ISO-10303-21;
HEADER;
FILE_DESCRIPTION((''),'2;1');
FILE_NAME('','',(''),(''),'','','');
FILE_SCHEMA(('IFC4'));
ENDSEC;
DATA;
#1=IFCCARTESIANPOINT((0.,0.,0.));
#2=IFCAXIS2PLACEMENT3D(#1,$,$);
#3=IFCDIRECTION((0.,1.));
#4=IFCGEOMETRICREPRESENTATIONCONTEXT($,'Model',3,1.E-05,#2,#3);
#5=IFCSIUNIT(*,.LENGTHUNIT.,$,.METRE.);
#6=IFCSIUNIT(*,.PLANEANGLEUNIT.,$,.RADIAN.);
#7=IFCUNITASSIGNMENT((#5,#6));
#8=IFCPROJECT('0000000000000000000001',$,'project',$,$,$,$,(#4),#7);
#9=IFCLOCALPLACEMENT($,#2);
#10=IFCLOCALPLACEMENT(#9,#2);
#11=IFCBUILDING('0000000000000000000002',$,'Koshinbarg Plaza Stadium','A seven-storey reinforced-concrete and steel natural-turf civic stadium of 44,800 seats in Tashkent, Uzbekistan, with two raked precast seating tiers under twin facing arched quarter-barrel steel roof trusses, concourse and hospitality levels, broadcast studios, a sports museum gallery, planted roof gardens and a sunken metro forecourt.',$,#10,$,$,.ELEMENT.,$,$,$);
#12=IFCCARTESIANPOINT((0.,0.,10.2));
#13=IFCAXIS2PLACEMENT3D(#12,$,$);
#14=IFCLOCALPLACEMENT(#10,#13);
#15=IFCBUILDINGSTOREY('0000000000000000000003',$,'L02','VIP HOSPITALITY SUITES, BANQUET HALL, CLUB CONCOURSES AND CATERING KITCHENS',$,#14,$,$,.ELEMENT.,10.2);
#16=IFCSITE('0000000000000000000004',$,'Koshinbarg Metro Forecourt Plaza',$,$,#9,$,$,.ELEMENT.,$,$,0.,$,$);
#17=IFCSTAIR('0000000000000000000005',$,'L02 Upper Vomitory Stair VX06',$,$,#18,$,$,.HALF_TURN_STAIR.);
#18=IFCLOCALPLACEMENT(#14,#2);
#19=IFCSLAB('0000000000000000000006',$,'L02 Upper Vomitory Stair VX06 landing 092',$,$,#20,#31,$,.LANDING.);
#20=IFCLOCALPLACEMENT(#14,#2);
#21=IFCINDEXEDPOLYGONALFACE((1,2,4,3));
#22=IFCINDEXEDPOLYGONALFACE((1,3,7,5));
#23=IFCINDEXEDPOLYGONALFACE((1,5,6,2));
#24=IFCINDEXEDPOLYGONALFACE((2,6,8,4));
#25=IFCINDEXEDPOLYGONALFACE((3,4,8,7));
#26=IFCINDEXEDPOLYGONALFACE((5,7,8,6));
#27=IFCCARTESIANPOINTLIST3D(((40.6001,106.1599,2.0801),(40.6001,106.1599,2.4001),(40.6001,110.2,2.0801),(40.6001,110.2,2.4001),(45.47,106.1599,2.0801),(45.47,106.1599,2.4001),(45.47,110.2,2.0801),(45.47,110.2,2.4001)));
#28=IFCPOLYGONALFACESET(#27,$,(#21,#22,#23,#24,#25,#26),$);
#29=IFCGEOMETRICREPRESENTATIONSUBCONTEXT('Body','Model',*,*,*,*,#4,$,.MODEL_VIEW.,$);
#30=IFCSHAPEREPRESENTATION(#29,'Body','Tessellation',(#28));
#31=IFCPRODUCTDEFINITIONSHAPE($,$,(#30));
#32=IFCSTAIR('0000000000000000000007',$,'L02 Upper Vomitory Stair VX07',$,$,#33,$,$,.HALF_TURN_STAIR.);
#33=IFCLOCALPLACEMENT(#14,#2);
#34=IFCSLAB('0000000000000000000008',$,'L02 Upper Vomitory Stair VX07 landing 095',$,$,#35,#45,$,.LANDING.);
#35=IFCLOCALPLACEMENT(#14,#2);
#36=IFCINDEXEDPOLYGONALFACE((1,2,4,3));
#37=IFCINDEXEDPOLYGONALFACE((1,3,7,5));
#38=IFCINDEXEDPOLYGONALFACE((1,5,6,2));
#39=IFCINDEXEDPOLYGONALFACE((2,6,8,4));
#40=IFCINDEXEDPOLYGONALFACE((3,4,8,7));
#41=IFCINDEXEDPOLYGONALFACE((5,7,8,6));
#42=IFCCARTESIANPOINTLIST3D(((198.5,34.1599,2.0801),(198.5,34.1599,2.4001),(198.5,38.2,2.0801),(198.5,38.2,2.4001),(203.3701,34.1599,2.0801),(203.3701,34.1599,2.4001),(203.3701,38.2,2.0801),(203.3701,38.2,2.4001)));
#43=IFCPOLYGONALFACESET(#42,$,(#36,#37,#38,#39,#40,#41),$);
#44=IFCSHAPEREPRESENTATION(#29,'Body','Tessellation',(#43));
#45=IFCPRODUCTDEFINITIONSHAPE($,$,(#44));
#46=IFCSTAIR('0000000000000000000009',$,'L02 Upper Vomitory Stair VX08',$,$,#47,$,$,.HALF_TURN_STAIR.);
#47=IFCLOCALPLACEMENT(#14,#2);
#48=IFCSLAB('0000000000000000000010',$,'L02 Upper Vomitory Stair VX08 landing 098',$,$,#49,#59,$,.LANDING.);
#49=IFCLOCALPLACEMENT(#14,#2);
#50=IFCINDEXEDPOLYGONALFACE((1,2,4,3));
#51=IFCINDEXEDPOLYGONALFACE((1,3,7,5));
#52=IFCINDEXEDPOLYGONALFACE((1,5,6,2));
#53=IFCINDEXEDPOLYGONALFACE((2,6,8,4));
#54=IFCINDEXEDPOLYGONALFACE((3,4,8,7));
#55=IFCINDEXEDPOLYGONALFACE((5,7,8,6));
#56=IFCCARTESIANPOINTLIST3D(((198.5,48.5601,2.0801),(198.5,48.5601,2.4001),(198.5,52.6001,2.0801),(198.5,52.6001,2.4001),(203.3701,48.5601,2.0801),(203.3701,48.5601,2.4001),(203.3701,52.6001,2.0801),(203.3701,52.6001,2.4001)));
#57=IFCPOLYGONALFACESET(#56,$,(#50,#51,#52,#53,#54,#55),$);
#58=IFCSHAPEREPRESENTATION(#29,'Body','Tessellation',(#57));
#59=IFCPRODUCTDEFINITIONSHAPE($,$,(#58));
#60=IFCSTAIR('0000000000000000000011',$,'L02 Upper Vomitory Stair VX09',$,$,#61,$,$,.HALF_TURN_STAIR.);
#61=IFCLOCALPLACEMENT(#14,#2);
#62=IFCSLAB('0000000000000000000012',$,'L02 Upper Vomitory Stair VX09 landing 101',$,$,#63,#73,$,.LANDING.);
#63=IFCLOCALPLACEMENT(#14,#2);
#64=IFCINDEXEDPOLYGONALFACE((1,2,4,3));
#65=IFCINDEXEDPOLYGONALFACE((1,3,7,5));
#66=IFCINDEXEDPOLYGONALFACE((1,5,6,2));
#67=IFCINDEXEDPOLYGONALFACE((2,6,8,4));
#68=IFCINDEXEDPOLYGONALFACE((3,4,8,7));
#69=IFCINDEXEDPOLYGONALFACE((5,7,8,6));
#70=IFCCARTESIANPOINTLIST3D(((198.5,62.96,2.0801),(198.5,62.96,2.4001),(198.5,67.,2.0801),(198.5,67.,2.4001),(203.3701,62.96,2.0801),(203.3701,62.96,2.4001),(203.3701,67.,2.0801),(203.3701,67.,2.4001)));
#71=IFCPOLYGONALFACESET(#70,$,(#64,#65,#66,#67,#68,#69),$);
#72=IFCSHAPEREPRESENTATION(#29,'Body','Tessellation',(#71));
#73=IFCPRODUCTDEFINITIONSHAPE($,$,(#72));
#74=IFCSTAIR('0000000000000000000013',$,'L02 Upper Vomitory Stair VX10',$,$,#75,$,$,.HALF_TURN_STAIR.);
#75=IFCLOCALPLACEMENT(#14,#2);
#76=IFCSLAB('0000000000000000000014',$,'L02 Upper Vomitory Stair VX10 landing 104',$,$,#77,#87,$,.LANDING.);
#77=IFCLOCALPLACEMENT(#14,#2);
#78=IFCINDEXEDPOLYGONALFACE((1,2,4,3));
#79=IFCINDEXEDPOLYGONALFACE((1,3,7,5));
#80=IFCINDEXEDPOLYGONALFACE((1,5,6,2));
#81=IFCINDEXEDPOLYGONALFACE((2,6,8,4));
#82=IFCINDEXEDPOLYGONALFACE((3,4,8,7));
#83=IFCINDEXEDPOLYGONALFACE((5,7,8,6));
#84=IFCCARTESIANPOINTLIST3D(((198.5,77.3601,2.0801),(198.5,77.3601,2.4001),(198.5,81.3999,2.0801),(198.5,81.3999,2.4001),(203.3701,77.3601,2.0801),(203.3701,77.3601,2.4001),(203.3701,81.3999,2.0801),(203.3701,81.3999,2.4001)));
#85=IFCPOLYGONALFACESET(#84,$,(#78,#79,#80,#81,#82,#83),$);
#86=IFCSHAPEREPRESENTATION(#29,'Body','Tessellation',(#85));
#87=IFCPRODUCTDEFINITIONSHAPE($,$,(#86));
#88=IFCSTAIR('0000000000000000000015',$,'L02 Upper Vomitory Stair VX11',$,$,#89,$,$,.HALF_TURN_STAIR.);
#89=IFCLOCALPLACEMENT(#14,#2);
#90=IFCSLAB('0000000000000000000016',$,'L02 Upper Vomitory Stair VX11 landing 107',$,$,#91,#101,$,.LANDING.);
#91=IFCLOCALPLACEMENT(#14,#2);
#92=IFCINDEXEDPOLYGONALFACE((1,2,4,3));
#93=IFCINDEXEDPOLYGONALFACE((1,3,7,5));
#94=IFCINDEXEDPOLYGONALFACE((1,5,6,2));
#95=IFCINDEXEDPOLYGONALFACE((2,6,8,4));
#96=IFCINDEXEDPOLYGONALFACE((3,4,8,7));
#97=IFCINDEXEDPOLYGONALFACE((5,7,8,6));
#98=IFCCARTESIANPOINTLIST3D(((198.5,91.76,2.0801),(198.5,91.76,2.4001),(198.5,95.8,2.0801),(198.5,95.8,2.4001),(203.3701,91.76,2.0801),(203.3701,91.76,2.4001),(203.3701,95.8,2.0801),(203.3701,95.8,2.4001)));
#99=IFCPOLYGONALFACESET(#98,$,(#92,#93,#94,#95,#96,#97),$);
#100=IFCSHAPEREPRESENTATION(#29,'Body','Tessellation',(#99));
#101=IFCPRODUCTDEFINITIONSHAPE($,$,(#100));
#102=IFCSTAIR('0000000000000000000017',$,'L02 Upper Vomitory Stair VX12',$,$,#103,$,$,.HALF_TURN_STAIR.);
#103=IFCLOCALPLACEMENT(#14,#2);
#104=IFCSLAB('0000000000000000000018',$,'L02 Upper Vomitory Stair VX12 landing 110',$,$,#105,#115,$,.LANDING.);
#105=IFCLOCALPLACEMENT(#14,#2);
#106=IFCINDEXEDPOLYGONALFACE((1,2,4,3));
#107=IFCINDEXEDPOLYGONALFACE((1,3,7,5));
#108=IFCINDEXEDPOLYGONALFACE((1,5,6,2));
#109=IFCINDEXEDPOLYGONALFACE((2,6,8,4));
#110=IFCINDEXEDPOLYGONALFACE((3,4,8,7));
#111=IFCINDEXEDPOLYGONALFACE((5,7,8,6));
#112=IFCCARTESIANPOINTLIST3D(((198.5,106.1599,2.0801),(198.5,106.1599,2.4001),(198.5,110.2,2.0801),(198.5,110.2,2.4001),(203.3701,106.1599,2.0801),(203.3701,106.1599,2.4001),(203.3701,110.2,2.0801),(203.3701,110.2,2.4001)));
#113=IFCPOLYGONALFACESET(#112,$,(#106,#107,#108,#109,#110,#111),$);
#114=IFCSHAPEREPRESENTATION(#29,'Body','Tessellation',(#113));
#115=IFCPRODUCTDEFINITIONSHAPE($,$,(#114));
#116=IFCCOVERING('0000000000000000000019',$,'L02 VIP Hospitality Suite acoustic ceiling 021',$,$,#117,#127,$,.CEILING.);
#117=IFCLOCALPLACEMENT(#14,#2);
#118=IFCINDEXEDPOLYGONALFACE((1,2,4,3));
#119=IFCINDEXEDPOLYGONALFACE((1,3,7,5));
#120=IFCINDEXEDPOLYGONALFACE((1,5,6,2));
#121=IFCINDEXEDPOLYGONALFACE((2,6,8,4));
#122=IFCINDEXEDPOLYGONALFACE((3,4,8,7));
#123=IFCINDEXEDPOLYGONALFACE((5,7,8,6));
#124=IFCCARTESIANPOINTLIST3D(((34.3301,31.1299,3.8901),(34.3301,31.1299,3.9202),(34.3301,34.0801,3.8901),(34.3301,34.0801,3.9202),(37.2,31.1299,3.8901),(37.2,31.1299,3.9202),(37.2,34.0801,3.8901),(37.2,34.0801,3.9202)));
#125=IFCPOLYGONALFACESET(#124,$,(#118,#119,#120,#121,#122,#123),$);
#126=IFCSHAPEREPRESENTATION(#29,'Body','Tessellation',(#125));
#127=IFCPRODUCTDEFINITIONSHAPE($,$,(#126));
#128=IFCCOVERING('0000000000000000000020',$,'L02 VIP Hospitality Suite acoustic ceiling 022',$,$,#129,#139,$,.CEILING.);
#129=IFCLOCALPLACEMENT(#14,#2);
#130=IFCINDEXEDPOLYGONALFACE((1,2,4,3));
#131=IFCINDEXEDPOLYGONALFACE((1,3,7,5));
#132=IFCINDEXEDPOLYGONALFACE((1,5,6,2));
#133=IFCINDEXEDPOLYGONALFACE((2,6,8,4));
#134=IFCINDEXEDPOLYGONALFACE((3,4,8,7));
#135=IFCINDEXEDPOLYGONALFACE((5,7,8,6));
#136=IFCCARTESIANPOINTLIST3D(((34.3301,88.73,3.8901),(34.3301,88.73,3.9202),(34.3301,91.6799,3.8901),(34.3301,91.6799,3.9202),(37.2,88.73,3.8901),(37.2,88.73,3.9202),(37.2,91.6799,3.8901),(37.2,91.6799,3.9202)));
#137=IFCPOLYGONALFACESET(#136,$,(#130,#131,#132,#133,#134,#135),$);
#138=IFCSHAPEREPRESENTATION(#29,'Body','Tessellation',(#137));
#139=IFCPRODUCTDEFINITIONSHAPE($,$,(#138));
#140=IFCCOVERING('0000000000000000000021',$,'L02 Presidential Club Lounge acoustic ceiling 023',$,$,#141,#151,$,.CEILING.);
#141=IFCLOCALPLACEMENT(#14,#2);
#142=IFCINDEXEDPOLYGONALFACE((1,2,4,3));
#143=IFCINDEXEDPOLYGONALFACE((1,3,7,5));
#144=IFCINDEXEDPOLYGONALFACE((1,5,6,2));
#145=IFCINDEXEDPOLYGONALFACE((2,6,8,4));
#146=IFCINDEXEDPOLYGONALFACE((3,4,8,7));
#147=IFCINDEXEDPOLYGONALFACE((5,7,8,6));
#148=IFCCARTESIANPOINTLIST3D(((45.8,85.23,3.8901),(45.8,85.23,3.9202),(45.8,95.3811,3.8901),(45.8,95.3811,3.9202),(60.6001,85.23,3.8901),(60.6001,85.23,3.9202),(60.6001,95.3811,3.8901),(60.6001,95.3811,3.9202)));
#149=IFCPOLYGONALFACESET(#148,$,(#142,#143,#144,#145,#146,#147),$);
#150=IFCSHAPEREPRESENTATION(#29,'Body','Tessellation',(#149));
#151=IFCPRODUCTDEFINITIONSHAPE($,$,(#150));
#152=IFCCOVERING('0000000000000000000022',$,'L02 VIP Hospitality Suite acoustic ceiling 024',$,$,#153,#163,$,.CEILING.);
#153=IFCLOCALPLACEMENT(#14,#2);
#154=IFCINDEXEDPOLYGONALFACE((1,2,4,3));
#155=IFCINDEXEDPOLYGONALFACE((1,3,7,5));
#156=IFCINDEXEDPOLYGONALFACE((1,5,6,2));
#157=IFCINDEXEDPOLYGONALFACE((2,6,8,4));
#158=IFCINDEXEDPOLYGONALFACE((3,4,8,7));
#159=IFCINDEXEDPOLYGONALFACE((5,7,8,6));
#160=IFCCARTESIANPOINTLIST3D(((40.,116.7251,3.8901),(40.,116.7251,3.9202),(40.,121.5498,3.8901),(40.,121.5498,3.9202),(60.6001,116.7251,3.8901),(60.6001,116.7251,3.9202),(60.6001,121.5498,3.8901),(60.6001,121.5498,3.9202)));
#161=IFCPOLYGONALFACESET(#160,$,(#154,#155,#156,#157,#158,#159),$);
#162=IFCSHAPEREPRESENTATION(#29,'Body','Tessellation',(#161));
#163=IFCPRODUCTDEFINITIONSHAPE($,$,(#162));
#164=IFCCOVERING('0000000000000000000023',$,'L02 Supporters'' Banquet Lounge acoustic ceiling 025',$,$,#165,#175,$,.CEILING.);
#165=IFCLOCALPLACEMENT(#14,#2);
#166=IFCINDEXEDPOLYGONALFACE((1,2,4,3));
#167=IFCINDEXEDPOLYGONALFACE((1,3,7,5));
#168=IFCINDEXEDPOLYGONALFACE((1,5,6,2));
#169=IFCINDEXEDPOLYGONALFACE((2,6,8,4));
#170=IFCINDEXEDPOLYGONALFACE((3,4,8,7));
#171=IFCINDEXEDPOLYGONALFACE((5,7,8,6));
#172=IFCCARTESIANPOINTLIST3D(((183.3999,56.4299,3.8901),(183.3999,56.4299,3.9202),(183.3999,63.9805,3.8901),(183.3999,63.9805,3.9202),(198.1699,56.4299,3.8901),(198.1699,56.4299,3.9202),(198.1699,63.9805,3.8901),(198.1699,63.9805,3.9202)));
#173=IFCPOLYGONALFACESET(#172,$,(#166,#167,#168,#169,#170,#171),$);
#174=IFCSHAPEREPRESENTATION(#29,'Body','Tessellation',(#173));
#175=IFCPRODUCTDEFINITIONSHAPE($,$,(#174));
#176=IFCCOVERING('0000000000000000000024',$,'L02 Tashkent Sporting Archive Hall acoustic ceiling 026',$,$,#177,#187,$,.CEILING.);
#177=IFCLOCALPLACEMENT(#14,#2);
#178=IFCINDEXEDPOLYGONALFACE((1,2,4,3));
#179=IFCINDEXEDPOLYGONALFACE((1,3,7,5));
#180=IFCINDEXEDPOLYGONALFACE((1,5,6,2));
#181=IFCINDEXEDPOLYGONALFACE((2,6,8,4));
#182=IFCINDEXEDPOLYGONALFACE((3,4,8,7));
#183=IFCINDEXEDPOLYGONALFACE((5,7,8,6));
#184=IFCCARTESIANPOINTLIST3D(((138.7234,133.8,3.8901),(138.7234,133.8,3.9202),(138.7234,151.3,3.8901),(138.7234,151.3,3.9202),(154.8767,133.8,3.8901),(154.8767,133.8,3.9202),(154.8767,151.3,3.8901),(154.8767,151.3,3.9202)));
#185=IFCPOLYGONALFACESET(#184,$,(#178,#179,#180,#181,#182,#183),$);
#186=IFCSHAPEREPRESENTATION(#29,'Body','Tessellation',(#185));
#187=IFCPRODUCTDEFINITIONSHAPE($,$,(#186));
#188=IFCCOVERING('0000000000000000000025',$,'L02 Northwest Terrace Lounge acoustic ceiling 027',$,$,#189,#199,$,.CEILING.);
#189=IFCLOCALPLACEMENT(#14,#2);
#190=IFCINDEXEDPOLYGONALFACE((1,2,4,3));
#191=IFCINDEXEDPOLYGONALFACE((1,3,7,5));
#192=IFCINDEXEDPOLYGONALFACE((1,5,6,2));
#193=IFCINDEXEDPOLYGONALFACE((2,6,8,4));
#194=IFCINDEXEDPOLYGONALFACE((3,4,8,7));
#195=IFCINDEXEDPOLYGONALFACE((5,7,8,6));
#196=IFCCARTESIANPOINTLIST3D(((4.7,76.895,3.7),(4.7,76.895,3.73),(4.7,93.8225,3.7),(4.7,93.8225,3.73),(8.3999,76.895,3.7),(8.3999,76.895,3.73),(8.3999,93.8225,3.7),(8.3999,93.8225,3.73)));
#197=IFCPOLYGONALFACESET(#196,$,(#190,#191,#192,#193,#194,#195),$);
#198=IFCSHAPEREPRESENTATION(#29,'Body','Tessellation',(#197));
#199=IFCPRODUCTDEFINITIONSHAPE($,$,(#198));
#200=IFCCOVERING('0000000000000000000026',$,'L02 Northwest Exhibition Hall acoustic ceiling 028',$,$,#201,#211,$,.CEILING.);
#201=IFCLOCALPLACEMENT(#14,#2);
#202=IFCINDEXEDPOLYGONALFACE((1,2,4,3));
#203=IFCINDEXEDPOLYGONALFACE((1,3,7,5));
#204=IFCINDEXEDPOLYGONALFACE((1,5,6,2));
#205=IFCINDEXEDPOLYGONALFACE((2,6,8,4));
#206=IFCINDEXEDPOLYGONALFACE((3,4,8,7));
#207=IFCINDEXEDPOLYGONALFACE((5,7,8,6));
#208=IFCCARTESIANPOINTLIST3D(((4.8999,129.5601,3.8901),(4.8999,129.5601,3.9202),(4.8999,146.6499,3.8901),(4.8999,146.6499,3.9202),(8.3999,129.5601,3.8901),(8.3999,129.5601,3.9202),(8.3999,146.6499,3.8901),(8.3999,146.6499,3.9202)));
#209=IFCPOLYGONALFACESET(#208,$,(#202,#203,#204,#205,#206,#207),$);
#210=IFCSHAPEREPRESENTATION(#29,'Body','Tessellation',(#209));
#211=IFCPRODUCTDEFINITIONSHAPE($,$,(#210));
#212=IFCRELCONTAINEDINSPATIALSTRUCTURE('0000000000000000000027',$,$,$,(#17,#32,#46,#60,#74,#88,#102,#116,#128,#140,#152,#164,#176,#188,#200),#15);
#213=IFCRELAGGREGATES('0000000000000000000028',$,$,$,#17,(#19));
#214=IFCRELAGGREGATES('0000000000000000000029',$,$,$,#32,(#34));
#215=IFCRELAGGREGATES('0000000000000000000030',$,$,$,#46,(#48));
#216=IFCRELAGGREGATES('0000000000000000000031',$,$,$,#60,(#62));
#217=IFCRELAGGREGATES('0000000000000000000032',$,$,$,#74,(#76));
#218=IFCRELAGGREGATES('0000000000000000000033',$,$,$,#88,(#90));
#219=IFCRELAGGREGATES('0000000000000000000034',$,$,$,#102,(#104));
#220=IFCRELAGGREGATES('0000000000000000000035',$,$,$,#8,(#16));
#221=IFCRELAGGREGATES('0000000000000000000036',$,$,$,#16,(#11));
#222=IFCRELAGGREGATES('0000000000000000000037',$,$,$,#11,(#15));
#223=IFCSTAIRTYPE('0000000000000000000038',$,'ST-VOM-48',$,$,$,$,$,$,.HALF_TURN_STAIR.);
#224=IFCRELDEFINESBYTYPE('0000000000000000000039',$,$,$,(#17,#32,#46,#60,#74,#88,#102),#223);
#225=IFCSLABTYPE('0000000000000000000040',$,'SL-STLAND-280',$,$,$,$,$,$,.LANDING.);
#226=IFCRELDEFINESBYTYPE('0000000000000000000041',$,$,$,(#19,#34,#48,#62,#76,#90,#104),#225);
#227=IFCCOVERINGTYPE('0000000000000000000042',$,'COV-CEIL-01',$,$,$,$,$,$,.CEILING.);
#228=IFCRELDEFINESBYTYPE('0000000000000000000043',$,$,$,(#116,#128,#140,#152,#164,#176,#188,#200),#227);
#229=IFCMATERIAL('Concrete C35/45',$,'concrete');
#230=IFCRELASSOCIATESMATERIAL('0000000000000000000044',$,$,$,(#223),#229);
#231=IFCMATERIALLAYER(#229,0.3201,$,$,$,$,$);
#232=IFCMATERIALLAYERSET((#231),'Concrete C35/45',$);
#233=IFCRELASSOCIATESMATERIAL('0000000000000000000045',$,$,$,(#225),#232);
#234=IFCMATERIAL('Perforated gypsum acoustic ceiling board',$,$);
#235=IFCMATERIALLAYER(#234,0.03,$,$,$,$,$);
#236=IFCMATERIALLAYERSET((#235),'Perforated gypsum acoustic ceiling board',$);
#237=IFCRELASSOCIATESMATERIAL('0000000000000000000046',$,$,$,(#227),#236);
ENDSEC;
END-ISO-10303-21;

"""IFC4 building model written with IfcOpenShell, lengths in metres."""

from ifc_helpers import new_model, si_unit, direction, frame, origin, place, context, subcontext, project, spatial, polyline, outline, extrude, material, layer, layer_set, type_object, element, aggregate, save


model = new_model("IFC4")

# Units and contexts
model_context = context("Model", 3, precision=1e-05, world=origin(), true_north=direction((0.0, 1.0)))
body_context = subcontext(model_context, "Body", "Model", "MODEL_VIEW")
ifc_project = project(units=[si_unit("LENGTHUNIT", "METRE"), si_unit("PLANEANGLEUNIT", "RADIAN")], contexts=[model_context])

# Site, building, storey
site_placement = place(None, origin())
site = spatial("IfcSite", under=ifc_project, at=site_placement, Name="Koshinbarg Metro Forecourt Plaza", CompositionType="ELEMENT", RefElevation=0.0)
building_placement = place(site_placement, origin())
building = spatial("IfcBuilding", under=site, at=building_placement, Name="Koshinbarg Plaza Stadium", Description="A seven-storey reinforced-concrete and steel natural-turf civic stadium of 44,800 seats in Tashkent, Uzbekistan, with two raked precast seating tiers under twin facing arched quarter-barrel steel roof trusses, concourse and hospitality levels, broadcast studios, a sports museum gallery, planted roof gardens and a sunken metro forecourt.", CompositionType="ELEMENT")
storey_placement = place(building_placement, frame((0.0, 0.0, 10.2)))
storey = spatial("IfcBuildingStorey", under=building, at=storey_placement, Name="L02", Description="VIP HOSPITALITY SUITES, BANQUET HALL, CLUB CONCOURSES AND CATERING KITCHENS", CompositionType="ELEMENT", Elevation=10.2)

# Stairs, slabs
ifc_material_1 = material(Name="Concrete C35/45", Category="concrete")
stair_type = type_object("IfcStairType", Name="ST-VOM-48", PredefinedType="HALF_TURN_STAIR", material=ifc_material_1)
ifc_layer_1 = layer(ifc_material_1, 0.3201)
ifc_layer_set_1 = layer_set([ifc_layer_1], Name="Concrete C35/45")
slab_type = type_object("IfcSlabType", Name="SL-STLAND-280", PredefinedType="LANDING", material=ifc_layer_set_1)
stair_1_placement = place(storey_placement, origin())
stair_1 = element("IfcStair", 1, at=stair_1_placement, inside=storey, type_object=stair_type, Name="L02 Upper Vomitory Stair VX06", PredefinedType="HALF_TURN_STAIR")
slab_1_placement = place(storey_placement, frame((0.0, 0.0, 2.0801)))
slab_1 = element("IfcSlab", 2, at=slab_1_placement, type_object=slab_type, Name="L02 Upper Vomitory Stair VX06 landing 092", PredefinedType="LANDING", context=body_context, shape_type="SweptSolid", body=[
    extrude(outline(polyline([(45.47, 106.1599), (45.47, 110.2), (40.6001, 110.2), (40.6001, 106.1599), (45.47, 106.1599)])), origin(), (0.0, 0.0, 1.0), 0.3201),
])
aggregate(stair_1, [slab_1])
stair_2_placement = place(storey_placement, origin())
stair_2 = element("IfcStair", 3, at=stair_2_placement, inside=storey, type_object=stair_type, Name="L02 Upper Vomitory Stair VX07", PredefinedType="HALF_TURN_STAIR")
slab_2_placement = place(storey_placement, frame((0.0, 0.0, 2.0801)))
slab_2 = element("IfcSlab", 4, at=slab_2_placement, type_object=slab_type, Name="L02 Upper Vomitory Stair VX07 landing 095", PredefinedType="LANDING", context=body_context, shape_type="SweptSolid", body=[
    extrude(outline(polyline([(203.3701, 34.1599), (203.3701, 38.2), (198.5, 38.2), (198.5, 34.1599), (203.3701, 34.1599)])), origin(), (0.0, 0.0, 1.0), 0.3201),
])
aggregate(stair_2, [slab_2])
stair_3_placement = place(storey_placement, origin())
stair_3 = element("IfcStair", 5, at=stair_3_placement, inside=storey, type_object=stair_type, Name="L02 Upper Vomitory Stair VX08", PredefinedType="HALF_TURN_STAIR")
slab_3_placement = place(storey_placement, frame((0.0, 0.0, 2.0801)))
slab_3 = element("IfcSlab", 6, at=slab_3_placement, type_object=slab_type, Name="L02 Upper Vomitory Stair VX08 landing 098", PredefinedType="LANDING", context=body_context, shape_type="SweptSolid", body=[
    extrude(outline(polyline([(203.3701, 48.5601), (203.3701, 52.6001), (198.5, 52.6001), (198.5, 48.5601), (203.3701, 48.5601)])), origin(), (0.0, 0.0, 1.0), 0.3201),
])
aggregate(stair_3, [slab_3])
stair_4_placement = place(storey_placement, origin())
stair_4 = element("IfcStair", 7, at=stair_4_placement, inside=storey, type_object=stair_type, Name="L02 Upper Vomitory Stair VX09", PredefinedType="HALF_TURN_STAIR")
slab_4_placement = place(storey_placement, frame((0.0, 0.0, 2.0801)))
slab_4 = element("IfcSlab", 8, at=slab_4_placement, type_object=slab_type, Name="L02 Upper Vomitory Stair VX09 landing 101", PredefinedType="LANDING", context=body_context, shape_type="SweptSolid", body=[
    extrude(outline(polyline([(203.3701, 62.96), (203.3701, 67.0), (198.5, 67.0), (198.5, 62.96), (203.3701, 62.96)])), origin(), (0.0, 0.0, 1.0), 0.3201),
])
aggregate(stair_4, [slab_4])
stair_5_placement = place(storey_placement, origin())
stair_5 = element("IfcStair", 9, at=stair_5_placement, inside=storey, type_object=stair_type, Name="L02 Upper Vomitory Stair VX10", PredefinedType="HALF_TURN_STAIR")
slab_5_placement = place(storey_placement, frame((0.0, 0.0, 2.0801)))
slab_5 = element("IfcSlab", 10, at=slab_5_placement, type_object=slab_type, Name="L02 Upper Vomitory Stair VX10 landing 104", PredefinedType="LANDING", context=body_context, shape_type="SweptSolid", body=[
    extrude(outline(polyline([(203.3701, 77.3601), (203.3701, 81.3999), (198.5, 81.3999), (198.5, 77.3601), (203.3701, 77.3601)])), origin(), (0.0, 0.0, 1.0), 0.3201),
])
aggregate(stair_5, [slab_5])
stair_6_placement = place(storey_placement, origin())
stair_6 = element("IfcStair", 11, at=stair_6_placement, inside=storey, type_object=stair_type, Name="L02 Upper Vomitory Stair VX11", PredefinedType="HALF_TURN_STAIR")
slab_6_placement = place(storey_placement, frame((0.0, 0.0, 2.0801)))
slab_6 = element("IfcSlab", 12, at=slab_6_placement, type_object=slab_type, Name="L02 Upper Vomitory Stair VX11 landing 107", PredefinedType="LANDING", context=body_context, shape_type="SweptSolid", body=[
    extrude(outline(polyline([(203.3701, 91.76), (203.3701, 95.8), (198.5, 95.8), (198.5, 91.76), (203.3701, 91.76)])), origin(), (0.0, 0.0, 1.0), 0.3201),
])
aggregate(stair_6, [slab_6])
stair_7_placement = place(storey_placement, origin())
stair_7 = element("IfcStair", 13, at=stair_7_placement, inside=storey, type_object=stair_type, Name="L02 Upper Vomitory Stair VX12", PredefinedType="HALF_TURN_STAIR")
slab_7_placement = place(storey_placement, frame((0.0, 0.0, 2.0801)))
slab_7 = element("IfcSlab", 14, at=slab_7_placement, type_object=slab_type, Name="L02 Upper Vomitory Stair VX12 landing 110", PredefinedType="LANDING", context=body_context, shape_type="SweptSolid", body=[
    extrude(outline(polyline([(203.3701, 106.1599), (203.3701, 110.2), (198.5, 110.2), (198.5, 106.1599), (203.3701, 106.1599)])), origin(), (0.0, 0.0, 1.0), 0.3201),
])
aggregate(stair_7, [slab_7])

# Coverings
ifc_material_2 = material(Name="Perforated gypsum acoustic ceiling board")
ifc_layer_2 = layer(ifc_material_2, 0.03)
ifc_layer_set_2 = layer_set([ifc_layer_2], Name="Perforated gypsum acoustic ceiling board")
covering_type = type_object("IfcCoveringType", Name="COV-CEIL-01", PredefinedType="CEILING", material=ifc_layer_set_2)
covering_1_placement = place(storey_placement, frame((0.0, 0.0, 3.8901)))
element("IfcCovering", 15, at=covering_1_placement, inside=storey, type_object=covering_type, Name="L02 VIP Hospitality Suite acoustic ceiling 021", PredefinedType="CEILING", context=body_context, shape_type="SweptSolid", body=[
    extrude(outline(polyline([(34.3301, 31.1299), (37.2, 31.1299), (37.2, 34.0801), (34.3301, 34.0801), (34.3301, 31.1299)])), origin(), (0.0, 0.0, 1.0), 0.03),
])
covering_2_placement = place(storey_placement, frame((0.0, 0.0, 3.8901)))
element("IfcCovering", 16, at=covering_2_placement, inside=storey, type_object=covering_type, Name="L02 VIP Hospitality Suite acoustic ceiling 022", PredefinedType="CEILING", context=body_context, shape_type="SweptSolid", body=[
    extrude(outline(polyline([(34.3301, 88.73), (37.2, 88.73), (37.2, 91.6799), (34.3301, 91.6799), (34.3301, 88.73)])), origin(), (0.0, 0.0, 1.0), 0.03),
])
covering_3_placement = place(storey_placement, frame((0.0, 0.0, 3.8901)))
element("IfcCovering", 17, at=covering_3_placement, inside=storey, type_object=covering_type, Name="L02 Presidential Club Lounge acoustic ceiling 023", PredefinedType="CEILING", context=body_context, shape_type="SweptSolid", body=[
    extrude(outline(polyline([(45.8, 85.23), (60.6001, 85.23), (60.6001, 95.3811), (45.8, 95.3811), (45.8, 85.23)])), origin(), (0.0, 0.0, 1.0), 0.03),
])
covering_4_placement = place(storey_placement, frame((0.0, 0.0, 3.8901)))
element("IfcCovering", 18, at=covering_4_placement, inside=storey, type_object=covering_type, Name="L02 VIP Hospitality Suite acoustic ceiling 024", PredefinedType="CEILING", context=body_context, shape_type="SweptSolid", body=[
    extrude(outline(polyline([(40.0, 116.7251), (60.6001, 116.7251), (60.6001, 121.5498), (40.0, 121.5498), (40.0, 116.7251)])), origin(), (0.0, 0.0, 1.0), 0.03),
])
covering_5_placement = place(storey_placement, frame((0.0, 0.0, 3.8901)))
element("IfcCovering", 19, at=covering_5_placement, inside=storey, type_object=covering_type, Name="L02 Supporters' Banquet Lounge acoustic ceiling 025", PredefinedType="CEILING", context=body_context, shape_type="SweptSolid", body=[
    extrude(outline(polyline([(183.3999, 56.4299), (198.1699, 56.4299), (198.1699, 63.9805), (183.3999, 63.9805), (183.3999, 56.4299)])), origin(), (0.0, 0.0, 1.0), 0.03),
])
covering_6_placement = place(storey_placement, frame((0.0, 0.0, 3.8901)))
element("IfcCovering", 20, at=covering_6_placement, inside=storey, type_object=covering_type, Name="L02 Tashkent Sporting Archive Hall acoustic ceiling 026", PredefinedType="CEILING", context=body_context, shape_type="SweptSolid", body=[
    extrude(outline(polyline([(138.7234, 133.8), (154.8767, 133.8), (154.8767, 151.3), (138.7234, 151.3), (138.7234, 133.8)])), origin(), (0.0, 0.0, 1.0), 0.03),
])
covering_7_placement = place(storey_placement, frame((0.0, 0.0, 3.7)))
element("IfcCovering", 21, at=covering_7_placement, inside=storey, type_object=covering_type, Name="L02 Northwest Terrace Lounge acoustic ceiling 027", PredefinedType="CEILING", context=body_context, shape_type="SweptSolid", body=[
    extrude(outline(polyline([(4.7, 76.895), (8.3999, 76.895), (8.3999, 93.8225), (4.7, 93.8225), (4.7, 76.895)])), origin(), (0.0, 0.0, 1.0), 0.03),
])
covering_8_placement = place(storey_placement, frame((0.0, 0.0, 3.8901)))
element("IfcCovering", 22, at=covering_8_placement, inside=storey, type_object=covering_type, Name="L02 Northwest Exhibition Hall acoustic ceiling 028", PredefinedType="CEILING", context=body_context, shape_type="SweptSolid", body=[
    extrude(outline(polyline([(4.8999, 129.5601), (8.3999, 129.5601), (8.3999, 146.6499), (4.8999, 146.6499), (4.8999, 129.5601)])), origin(), (0.0, 0.0, 1.0), 0.03),
])

save(model, "model.ifc")
